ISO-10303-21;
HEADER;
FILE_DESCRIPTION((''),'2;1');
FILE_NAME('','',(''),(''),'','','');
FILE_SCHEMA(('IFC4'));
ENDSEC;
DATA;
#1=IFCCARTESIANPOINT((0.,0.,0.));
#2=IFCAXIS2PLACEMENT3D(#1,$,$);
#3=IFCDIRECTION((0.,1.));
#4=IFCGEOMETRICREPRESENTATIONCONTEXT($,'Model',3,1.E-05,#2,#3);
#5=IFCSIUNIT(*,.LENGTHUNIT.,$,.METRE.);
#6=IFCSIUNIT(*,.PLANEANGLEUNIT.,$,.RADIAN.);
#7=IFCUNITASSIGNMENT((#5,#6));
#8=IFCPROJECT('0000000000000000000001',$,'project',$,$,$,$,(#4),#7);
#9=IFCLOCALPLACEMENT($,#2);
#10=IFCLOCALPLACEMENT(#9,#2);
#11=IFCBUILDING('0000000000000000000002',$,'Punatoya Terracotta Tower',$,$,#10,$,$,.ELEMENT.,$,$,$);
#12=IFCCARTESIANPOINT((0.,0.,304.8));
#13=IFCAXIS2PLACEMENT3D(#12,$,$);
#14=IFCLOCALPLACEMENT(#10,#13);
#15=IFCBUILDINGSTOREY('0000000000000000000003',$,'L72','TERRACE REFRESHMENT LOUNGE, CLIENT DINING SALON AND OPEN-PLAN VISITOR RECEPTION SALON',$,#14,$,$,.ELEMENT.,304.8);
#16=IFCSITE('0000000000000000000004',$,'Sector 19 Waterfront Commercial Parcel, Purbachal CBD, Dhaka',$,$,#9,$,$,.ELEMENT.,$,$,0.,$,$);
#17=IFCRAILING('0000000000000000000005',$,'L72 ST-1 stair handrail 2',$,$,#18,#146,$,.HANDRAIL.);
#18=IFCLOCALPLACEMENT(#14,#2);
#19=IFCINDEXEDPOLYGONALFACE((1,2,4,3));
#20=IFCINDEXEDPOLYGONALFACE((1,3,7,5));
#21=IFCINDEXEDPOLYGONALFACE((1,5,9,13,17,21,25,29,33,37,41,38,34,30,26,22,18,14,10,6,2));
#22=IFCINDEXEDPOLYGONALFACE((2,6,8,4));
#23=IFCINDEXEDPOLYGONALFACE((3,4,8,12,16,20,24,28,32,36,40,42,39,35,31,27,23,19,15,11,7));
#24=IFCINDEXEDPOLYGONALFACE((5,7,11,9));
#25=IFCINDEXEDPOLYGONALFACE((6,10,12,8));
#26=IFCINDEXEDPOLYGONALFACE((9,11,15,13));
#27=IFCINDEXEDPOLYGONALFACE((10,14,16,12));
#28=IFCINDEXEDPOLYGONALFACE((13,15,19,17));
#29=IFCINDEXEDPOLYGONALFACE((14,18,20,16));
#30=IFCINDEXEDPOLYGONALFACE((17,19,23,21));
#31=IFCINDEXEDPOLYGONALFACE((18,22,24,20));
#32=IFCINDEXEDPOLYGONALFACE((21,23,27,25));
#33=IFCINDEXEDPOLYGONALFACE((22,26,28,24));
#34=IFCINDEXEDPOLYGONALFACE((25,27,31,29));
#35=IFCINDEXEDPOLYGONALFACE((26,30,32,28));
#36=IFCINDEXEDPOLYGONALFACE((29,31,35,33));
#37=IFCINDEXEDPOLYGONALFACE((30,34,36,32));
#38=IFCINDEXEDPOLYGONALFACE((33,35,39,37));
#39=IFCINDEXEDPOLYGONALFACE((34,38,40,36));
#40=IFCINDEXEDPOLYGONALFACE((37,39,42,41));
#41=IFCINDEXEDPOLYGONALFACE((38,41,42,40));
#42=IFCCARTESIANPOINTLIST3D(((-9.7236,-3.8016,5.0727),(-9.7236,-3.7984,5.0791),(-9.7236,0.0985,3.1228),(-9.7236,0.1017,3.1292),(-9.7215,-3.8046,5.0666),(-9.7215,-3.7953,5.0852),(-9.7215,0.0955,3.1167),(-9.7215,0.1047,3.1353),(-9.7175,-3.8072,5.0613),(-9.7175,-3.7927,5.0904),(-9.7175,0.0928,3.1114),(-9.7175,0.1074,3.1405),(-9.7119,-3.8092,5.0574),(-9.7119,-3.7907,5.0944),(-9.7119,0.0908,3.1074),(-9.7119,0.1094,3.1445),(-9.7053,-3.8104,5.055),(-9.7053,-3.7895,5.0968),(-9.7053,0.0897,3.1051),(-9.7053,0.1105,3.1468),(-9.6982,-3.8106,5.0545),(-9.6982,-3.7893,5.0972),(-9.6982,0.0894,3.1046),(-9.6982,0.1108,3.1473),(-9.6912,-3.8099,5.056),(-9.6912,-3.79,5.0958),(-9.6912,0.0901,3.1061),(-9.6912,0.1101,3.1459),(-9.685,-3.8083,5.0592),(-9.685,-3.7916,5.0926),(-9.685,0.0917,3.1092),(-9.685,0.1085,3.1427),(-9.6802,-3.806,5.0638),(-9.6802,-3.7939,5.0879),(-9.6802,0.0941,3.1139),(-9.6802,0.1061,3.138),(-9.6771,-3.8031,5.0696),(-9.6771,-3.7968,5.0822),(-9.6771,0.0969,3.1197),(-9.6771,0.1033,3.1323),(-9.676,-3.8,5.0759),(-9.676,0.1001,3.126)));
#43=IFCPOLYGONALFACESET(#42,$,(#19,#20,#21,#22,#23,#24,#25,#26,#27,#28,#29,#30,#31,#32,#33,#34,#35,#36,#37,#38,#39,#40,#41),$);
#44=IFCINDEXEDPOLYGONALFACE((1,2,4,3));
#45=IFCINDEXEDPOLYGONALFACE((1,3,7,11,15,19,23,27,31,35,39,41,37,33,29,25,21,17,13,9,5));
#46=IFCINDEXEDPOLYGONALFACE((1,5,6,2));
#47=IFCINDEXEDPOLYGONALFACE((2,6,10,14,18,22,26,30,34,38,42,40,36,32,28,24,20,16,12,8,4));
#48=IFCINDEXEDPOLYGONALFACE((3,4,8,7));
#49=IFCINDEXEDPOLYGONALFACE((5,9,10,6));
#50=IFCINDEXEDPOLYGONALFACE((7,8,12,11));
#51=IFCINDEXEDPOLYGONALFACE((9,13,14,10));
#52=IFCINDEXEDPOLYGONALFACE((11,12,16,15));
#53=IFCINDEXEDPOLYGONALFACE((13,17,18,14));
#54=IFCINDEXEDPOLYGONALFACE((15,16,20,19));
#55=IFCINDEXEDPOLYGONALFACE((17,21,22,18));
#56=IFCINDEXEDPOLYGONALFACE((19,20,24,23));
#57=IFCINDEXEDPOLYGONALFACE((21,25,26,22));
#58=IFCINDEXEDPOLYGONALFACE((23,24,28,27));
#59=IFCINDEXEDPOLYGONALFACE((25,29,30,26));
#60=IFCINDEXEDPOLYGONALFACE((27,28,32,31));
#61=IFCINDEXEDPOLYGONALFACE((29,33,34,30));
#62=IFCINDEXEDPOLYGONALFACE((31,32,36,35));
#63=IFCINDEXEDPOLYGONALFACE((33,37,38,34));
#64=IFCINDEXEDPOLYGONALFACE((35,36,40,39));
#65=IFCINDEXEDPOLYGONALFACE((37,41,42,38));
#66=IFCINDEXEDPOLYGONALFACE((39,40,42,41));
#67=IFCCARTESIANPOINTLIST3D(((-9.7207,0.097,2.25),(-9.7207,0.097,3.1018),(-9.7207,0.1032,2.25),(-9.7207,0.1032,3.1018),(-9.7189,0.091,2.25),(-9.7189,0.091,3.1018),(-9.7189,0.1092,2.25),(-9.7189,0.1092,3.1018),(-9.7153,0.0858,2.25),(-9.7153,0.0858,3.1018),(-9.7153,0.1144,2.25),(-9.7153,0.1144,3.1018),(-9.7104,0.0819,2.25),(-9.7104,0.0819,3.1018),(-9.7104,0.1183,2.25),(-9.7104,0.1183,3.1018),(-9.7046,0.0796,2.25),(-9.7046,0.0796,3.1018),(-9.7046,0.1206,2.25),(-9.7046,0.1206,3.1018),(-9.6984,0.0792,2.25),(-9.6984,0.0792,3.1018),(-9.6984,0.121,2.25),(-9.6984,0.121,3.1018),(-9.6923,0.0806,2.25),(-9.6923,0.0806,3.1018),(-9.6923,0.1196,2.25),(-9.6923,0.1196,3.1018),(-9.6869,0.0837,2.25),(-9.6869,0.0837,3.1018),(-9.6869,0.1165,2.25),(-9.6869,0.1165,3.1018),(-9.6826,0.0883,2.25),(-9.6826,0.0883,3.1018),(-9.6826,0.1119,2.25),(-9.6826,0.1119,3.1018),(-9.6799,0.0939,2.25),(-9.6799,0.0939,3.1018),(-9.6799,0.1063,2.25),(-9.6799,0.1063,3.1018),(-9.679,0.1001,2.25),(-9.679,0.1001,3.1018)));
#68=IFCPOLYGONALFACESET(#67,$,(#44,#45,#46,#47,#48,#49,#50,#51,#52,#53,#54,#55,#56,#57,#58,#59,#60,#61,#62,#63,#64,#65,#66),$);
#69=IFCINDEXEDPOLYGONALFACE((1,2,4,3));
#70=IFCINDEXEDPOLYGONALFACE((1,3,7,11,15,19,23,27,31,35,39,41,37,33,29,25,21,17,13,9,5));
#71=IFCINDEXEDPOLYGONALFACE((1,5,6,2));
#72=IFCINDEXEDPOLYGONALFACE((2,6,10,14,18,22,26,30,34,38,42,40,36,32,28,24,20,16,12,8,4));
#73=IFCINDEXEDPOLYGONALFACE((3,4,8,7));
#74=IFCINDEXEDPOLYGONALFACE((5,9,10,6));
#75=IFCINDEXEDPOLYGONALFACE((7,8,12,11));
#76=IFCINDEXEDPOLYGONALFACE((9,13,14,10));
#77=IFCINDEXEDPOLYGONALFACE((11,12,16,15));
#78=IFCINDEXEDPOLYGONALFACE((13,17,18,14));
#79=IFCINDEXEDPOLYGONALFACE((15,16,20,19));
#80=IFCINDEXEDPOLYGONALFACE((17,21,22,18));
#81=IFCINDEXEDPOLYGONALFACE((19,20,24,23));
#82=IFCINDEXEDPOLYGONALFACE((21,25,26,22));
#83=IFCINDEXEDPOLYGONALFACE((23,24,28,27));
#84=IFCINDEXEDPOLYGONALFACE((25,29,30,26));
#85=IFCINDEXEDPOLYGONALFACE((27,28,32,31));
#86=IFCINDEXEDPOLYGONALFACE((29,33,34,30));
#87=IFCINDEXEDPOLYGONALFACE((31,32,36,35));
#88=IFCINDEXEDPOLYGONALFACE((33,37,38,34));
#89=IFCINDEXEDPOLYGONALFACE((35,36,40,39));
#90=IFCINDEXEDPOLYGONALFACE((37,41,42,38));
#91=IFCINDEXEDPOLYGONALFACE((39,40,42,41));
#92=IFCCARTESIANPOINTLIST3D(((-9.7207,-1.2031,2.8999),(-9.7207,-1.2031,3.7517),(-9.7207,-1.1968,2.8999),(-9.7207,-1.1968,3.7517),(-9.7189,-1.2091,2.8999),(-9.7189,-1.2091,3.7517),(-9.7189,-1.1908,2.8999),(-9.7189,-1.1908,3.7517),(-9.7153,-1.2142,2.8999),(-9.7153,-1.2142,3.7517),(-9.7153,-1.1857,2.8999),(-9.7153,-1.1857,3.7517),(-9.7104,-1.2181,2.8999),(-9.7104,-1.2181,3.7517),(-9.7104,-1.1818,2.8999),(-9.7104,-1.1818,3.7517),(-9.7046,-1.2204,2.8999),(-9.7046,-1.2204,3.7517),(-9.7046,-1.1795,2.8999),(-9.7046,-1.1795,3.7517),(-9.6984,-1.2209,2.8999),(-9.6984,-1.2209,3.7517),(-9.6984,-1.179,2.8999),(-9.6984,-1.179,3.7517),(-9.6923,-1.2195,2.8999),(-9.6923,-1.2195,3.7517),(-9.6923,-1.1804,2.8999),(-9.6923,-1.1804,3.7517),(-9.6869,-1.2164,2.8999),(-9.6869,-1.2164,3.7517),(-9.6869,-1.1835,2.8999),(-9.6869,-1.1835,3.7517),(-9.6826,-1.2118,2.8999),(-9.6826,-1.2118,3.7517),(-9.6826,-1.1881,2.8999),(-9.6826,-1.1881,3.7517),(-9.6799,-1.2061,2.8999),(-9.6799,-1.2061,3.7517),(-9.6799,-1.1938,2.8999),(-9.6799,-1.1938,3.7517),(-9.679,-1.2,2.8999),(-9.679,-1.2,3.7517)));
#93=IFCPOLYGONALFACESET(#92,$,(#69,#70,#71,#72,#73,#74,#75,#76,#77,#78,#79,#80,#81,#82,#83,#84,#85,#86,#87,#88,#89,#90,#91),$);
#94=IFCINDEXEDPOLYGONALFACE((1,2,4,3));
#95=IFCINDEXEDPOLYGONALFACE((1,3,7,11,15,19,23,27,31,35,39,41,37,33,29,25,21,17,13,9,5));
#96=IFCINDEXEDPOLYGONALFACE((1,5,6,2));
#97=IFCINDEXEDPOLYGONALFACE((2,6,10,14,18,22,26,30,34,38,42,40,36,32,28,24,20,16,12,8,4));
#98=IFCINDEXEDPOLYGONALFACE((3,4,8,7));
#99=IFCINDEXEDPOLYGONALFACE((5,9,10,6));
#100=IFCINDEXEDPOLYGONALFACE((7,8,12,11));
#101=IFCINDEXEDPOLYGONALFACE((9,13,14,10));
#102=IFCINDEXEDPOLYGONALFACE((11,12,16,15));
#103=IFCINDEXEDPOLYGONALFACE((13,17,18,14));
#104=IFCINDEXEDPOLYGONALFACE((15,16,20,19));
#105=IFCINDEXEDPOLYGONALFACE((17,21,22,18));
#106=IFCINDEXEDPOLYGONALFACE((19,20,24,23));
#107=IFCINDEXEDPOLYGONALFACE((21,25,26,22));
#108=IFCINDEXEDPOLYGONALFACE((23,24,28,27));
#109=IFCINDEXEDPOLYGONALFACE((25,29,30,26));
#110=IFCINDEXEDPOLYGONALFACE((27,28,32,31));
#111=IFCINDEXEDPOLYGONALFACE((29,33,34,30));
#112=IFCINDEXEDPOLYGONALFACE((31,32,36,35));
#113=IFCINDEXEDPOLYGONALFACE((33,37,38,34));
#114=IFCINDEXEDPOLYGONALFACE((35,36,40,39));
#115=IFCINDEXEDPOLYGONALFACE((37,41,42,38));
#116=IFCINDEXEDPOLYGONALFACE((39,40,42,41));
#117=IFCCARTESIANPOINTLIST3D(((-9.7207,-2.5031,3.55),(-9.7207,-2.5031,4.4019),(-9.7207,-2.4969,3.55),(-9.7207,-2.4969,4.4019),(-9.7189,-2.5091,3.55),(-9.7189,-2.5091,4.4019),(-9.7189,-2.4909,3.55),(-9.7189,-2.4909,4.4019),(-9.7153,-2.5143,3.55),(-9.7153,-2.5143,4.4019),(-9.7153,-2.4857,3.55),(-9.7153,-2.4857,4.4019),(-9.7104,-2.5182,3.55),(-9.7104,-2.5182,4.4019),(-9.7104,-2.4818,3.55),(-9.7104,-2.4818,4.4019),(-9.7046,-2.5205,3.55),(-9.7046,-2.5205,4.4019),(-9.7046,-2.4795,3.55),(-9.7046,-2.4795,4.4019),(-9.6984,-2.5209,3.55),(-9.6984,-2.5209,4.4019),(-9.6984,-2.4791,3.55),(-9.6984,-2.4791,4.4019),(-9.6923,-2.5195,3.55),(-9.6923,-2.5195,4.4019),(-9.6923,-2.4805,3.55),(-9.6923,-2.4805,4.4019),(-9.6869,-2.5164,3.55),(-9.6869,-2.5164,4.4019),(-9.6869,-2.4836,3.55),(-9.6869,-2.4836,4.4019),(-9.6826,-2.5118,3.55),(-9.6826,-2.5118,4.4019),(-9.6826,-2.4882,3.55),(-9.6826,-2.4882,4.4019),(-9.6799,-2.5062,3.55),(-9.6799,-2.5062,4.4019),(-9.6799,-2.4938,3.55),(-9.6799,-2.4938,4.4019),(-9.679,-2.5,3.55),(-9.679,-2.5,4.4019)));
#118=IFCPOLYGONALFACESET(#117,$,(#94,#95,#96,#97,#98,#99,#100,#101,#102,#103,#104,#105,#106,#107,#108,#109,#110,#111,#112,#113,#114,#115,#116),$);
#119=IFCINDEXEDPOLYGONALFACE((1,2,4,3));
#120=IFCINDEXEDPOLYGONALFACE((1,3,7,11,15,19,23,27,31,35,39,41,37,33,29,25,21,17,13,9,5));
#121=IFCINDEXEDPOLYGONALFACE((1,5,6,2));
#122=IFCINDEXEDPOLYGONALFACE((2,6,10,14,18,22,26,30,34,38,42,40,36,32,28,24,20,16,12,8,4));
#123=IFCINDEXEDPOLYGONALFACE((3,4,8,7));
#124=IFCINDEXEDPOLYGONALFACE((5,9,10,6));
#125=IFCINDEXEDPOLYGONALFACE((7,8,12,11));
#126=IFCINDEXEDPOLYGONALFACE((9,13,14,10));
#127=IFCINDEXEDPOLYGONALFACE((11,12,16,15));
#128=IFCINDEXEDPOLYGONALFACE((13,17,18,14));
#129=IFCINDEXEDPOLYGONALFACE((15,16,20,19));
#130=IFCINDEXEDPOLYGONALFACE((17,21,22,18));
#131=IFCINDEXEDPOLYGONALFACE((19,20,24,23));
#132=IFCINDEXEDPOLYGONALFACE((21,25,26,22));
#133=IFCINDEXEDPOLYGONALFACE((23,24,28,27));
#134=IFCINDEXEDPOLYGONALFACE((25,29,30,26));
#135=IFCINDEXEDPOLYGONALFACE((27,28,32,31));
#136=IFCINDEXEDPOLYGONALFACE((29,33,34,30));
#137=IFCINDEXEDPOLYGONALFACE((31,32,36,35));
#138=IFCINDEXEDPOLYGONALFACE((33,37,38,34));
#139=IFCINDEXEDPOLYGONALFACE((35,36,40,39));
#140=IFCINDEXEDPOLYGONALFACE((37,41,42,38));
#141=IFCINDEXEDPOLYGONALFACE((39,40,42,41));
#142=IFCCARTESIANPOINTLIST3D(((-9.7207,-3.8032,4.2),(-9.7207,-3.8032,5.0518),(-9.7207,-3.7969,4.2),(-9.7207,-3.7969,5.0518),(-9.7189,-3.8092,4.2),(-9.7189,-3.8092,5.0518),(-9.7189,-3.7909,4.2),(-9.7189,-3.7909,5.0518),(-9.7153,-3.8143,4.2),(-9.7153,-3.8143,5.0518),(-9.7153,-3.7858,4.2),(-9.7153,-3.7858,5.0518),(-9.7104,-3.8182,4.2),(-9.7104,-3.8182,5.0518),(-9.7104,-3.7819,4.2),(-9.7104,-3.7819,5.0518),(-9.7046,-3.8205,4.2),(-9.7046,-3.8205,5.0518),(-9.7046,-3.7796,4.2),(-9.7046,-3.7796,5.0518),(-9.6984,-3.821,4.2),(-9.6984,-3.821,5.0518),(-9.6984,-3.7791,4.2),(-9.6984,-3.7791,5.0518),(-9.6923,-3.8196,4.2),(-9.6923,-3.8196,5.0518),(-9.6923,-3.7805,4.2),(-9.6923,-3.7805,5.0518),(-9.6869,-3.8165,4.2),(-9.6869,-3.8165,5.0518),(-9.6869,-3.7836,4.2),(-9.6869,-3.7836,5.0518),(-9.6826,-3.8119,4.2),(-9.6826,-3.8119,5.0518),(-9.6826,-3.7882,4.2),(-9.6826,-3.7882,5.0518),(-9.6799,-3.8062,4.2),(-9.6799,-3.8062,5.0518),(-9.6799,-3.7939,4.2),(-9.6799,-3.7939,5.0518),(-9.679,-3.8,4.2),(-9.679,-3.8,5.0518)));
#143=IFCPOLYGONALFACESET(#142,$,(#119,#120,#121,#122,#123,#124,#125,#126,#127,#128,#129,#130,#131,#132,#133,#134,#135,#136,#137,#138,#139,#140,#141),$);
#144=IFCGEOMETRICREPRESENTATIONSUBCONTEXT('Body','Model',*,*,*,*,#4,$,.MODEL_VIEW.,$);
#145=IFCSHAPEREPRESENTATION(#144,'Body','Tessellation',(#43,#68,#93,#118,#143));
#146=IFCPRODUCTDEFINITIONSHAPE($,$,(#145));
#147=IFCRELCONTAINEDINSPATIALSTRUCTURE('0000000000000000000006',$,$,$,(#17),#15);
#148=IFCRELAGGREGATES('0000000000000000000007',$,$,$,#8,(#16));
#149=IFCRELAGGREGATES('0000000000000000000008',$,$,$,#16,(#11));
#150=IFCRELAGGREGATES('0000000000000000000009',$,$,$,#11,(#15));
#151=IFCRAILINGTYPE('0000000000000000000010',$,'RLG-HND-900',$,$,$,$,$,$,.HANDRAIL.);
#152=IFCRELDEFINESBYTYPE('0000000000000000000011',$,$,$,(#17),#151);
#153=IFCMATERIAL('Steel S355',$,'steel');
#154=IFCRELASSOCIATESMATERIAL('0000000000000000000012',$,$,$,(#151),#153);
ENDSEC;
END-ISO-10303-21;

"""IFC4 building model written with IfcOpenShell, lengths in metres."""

from ifc_helpers import new_model, si_unit, direction, frame, origin, origin_2d, place, context, subcontext, project, spatial, circle, extrude, material, type_object, element, save


model = new_model("IFC4")

# Units and contexts
model_context = context("Model", 3, precision=1e-05, world=origin(), true_north=direction((0.0, 1.0)))
body_context = subcontext(model_context, "Body", "Model", "MODEL_VIEW")
ifc_project = project(units=[si_unit("LENGTHUNIT", "METRE"), si_unit("PLANEANGLEUNIT", "RADIAN")], contexts=[model_context])

# Site, building, storey
site_placement = place(None, origin())
site = spatial("IfcSite", under=ifc_project, at=site_placement, Name="Sector 19 Waterfront Commercial Parcel, Purbachal CBD, Dhaka", CompositionType="ELEMENT", RefElevation=0.0)
building_placement = place(site_placement, origin())
building = spatial("IfcBuilding", under=site, at=building_placement, Name="Punatoya Terracotta Tower", CompositionType="ELEMENT")
storey_placement = place(building_placement, frame((0.0, 0.0, 304.8)))
storey = spatial("IfcBuildingStorey", under=building, at=storey_placement, Name="L72", Description="TERRACE REFRESHMENT LOUNGE, CLIENT DINING SALON AND OPEN-PLAN VISITOR RECEPTION SALON", CompositionType="ELEMENT", Elevation=304.8)

# Shared definitions
ifc_material_1 = material(Name="Steel S355", Category="steel")

# Railing
railing_type_1 = type_object("IfcRailingType", Name="RLG-HND-900", PredefinedType="HANDRAIL", material=ifc_material_1)
railing_1_placement = place(storey_placement, frame((-9.7, 0.1001, 2.25)))
element("IfcRailing", 1, at=railing_1_placement, inside=storey, type_object=railing_type_1, Name="L72 ST-1 stair handrail 2", PredefinedType="HANDRAIL", context=body_context, shape_type="SweptSolid", body=[
    extrude(circle(Radius=0.0239, at=origin_2d()), frame((0.0, 0.0, 0.876), z_axis=(0.0, -0.894438, 0.447191), x_axis=(1.0, 0.0, 0.0)), (0.0, 0.0, 1.0), 4.3604),
    extrude(circle(Radius=0.021, at=origin_2d()), origin(), (0.0, 0.0, 1.0), 0.8518),
    extrude(circle(Radius=0.021, at=origin_2d()), frame((0.0, -1.3, 0.6499)), (0.0, 0.0, 1.0), 0.8518),
    extrude(circle(Radius=0.021, at=origin_2d()), frame((0.0, -2.6001, 1.3)), (0.0, 0.0, 1.0), 0.8518),
    extrude(circle(Radius=0.021, at=origin_2d()), frame((0.0, -3.9001, 1.95)), (0.0, 0.0, 1.0), 0.8518),
])

save(model, "model.ifc")
